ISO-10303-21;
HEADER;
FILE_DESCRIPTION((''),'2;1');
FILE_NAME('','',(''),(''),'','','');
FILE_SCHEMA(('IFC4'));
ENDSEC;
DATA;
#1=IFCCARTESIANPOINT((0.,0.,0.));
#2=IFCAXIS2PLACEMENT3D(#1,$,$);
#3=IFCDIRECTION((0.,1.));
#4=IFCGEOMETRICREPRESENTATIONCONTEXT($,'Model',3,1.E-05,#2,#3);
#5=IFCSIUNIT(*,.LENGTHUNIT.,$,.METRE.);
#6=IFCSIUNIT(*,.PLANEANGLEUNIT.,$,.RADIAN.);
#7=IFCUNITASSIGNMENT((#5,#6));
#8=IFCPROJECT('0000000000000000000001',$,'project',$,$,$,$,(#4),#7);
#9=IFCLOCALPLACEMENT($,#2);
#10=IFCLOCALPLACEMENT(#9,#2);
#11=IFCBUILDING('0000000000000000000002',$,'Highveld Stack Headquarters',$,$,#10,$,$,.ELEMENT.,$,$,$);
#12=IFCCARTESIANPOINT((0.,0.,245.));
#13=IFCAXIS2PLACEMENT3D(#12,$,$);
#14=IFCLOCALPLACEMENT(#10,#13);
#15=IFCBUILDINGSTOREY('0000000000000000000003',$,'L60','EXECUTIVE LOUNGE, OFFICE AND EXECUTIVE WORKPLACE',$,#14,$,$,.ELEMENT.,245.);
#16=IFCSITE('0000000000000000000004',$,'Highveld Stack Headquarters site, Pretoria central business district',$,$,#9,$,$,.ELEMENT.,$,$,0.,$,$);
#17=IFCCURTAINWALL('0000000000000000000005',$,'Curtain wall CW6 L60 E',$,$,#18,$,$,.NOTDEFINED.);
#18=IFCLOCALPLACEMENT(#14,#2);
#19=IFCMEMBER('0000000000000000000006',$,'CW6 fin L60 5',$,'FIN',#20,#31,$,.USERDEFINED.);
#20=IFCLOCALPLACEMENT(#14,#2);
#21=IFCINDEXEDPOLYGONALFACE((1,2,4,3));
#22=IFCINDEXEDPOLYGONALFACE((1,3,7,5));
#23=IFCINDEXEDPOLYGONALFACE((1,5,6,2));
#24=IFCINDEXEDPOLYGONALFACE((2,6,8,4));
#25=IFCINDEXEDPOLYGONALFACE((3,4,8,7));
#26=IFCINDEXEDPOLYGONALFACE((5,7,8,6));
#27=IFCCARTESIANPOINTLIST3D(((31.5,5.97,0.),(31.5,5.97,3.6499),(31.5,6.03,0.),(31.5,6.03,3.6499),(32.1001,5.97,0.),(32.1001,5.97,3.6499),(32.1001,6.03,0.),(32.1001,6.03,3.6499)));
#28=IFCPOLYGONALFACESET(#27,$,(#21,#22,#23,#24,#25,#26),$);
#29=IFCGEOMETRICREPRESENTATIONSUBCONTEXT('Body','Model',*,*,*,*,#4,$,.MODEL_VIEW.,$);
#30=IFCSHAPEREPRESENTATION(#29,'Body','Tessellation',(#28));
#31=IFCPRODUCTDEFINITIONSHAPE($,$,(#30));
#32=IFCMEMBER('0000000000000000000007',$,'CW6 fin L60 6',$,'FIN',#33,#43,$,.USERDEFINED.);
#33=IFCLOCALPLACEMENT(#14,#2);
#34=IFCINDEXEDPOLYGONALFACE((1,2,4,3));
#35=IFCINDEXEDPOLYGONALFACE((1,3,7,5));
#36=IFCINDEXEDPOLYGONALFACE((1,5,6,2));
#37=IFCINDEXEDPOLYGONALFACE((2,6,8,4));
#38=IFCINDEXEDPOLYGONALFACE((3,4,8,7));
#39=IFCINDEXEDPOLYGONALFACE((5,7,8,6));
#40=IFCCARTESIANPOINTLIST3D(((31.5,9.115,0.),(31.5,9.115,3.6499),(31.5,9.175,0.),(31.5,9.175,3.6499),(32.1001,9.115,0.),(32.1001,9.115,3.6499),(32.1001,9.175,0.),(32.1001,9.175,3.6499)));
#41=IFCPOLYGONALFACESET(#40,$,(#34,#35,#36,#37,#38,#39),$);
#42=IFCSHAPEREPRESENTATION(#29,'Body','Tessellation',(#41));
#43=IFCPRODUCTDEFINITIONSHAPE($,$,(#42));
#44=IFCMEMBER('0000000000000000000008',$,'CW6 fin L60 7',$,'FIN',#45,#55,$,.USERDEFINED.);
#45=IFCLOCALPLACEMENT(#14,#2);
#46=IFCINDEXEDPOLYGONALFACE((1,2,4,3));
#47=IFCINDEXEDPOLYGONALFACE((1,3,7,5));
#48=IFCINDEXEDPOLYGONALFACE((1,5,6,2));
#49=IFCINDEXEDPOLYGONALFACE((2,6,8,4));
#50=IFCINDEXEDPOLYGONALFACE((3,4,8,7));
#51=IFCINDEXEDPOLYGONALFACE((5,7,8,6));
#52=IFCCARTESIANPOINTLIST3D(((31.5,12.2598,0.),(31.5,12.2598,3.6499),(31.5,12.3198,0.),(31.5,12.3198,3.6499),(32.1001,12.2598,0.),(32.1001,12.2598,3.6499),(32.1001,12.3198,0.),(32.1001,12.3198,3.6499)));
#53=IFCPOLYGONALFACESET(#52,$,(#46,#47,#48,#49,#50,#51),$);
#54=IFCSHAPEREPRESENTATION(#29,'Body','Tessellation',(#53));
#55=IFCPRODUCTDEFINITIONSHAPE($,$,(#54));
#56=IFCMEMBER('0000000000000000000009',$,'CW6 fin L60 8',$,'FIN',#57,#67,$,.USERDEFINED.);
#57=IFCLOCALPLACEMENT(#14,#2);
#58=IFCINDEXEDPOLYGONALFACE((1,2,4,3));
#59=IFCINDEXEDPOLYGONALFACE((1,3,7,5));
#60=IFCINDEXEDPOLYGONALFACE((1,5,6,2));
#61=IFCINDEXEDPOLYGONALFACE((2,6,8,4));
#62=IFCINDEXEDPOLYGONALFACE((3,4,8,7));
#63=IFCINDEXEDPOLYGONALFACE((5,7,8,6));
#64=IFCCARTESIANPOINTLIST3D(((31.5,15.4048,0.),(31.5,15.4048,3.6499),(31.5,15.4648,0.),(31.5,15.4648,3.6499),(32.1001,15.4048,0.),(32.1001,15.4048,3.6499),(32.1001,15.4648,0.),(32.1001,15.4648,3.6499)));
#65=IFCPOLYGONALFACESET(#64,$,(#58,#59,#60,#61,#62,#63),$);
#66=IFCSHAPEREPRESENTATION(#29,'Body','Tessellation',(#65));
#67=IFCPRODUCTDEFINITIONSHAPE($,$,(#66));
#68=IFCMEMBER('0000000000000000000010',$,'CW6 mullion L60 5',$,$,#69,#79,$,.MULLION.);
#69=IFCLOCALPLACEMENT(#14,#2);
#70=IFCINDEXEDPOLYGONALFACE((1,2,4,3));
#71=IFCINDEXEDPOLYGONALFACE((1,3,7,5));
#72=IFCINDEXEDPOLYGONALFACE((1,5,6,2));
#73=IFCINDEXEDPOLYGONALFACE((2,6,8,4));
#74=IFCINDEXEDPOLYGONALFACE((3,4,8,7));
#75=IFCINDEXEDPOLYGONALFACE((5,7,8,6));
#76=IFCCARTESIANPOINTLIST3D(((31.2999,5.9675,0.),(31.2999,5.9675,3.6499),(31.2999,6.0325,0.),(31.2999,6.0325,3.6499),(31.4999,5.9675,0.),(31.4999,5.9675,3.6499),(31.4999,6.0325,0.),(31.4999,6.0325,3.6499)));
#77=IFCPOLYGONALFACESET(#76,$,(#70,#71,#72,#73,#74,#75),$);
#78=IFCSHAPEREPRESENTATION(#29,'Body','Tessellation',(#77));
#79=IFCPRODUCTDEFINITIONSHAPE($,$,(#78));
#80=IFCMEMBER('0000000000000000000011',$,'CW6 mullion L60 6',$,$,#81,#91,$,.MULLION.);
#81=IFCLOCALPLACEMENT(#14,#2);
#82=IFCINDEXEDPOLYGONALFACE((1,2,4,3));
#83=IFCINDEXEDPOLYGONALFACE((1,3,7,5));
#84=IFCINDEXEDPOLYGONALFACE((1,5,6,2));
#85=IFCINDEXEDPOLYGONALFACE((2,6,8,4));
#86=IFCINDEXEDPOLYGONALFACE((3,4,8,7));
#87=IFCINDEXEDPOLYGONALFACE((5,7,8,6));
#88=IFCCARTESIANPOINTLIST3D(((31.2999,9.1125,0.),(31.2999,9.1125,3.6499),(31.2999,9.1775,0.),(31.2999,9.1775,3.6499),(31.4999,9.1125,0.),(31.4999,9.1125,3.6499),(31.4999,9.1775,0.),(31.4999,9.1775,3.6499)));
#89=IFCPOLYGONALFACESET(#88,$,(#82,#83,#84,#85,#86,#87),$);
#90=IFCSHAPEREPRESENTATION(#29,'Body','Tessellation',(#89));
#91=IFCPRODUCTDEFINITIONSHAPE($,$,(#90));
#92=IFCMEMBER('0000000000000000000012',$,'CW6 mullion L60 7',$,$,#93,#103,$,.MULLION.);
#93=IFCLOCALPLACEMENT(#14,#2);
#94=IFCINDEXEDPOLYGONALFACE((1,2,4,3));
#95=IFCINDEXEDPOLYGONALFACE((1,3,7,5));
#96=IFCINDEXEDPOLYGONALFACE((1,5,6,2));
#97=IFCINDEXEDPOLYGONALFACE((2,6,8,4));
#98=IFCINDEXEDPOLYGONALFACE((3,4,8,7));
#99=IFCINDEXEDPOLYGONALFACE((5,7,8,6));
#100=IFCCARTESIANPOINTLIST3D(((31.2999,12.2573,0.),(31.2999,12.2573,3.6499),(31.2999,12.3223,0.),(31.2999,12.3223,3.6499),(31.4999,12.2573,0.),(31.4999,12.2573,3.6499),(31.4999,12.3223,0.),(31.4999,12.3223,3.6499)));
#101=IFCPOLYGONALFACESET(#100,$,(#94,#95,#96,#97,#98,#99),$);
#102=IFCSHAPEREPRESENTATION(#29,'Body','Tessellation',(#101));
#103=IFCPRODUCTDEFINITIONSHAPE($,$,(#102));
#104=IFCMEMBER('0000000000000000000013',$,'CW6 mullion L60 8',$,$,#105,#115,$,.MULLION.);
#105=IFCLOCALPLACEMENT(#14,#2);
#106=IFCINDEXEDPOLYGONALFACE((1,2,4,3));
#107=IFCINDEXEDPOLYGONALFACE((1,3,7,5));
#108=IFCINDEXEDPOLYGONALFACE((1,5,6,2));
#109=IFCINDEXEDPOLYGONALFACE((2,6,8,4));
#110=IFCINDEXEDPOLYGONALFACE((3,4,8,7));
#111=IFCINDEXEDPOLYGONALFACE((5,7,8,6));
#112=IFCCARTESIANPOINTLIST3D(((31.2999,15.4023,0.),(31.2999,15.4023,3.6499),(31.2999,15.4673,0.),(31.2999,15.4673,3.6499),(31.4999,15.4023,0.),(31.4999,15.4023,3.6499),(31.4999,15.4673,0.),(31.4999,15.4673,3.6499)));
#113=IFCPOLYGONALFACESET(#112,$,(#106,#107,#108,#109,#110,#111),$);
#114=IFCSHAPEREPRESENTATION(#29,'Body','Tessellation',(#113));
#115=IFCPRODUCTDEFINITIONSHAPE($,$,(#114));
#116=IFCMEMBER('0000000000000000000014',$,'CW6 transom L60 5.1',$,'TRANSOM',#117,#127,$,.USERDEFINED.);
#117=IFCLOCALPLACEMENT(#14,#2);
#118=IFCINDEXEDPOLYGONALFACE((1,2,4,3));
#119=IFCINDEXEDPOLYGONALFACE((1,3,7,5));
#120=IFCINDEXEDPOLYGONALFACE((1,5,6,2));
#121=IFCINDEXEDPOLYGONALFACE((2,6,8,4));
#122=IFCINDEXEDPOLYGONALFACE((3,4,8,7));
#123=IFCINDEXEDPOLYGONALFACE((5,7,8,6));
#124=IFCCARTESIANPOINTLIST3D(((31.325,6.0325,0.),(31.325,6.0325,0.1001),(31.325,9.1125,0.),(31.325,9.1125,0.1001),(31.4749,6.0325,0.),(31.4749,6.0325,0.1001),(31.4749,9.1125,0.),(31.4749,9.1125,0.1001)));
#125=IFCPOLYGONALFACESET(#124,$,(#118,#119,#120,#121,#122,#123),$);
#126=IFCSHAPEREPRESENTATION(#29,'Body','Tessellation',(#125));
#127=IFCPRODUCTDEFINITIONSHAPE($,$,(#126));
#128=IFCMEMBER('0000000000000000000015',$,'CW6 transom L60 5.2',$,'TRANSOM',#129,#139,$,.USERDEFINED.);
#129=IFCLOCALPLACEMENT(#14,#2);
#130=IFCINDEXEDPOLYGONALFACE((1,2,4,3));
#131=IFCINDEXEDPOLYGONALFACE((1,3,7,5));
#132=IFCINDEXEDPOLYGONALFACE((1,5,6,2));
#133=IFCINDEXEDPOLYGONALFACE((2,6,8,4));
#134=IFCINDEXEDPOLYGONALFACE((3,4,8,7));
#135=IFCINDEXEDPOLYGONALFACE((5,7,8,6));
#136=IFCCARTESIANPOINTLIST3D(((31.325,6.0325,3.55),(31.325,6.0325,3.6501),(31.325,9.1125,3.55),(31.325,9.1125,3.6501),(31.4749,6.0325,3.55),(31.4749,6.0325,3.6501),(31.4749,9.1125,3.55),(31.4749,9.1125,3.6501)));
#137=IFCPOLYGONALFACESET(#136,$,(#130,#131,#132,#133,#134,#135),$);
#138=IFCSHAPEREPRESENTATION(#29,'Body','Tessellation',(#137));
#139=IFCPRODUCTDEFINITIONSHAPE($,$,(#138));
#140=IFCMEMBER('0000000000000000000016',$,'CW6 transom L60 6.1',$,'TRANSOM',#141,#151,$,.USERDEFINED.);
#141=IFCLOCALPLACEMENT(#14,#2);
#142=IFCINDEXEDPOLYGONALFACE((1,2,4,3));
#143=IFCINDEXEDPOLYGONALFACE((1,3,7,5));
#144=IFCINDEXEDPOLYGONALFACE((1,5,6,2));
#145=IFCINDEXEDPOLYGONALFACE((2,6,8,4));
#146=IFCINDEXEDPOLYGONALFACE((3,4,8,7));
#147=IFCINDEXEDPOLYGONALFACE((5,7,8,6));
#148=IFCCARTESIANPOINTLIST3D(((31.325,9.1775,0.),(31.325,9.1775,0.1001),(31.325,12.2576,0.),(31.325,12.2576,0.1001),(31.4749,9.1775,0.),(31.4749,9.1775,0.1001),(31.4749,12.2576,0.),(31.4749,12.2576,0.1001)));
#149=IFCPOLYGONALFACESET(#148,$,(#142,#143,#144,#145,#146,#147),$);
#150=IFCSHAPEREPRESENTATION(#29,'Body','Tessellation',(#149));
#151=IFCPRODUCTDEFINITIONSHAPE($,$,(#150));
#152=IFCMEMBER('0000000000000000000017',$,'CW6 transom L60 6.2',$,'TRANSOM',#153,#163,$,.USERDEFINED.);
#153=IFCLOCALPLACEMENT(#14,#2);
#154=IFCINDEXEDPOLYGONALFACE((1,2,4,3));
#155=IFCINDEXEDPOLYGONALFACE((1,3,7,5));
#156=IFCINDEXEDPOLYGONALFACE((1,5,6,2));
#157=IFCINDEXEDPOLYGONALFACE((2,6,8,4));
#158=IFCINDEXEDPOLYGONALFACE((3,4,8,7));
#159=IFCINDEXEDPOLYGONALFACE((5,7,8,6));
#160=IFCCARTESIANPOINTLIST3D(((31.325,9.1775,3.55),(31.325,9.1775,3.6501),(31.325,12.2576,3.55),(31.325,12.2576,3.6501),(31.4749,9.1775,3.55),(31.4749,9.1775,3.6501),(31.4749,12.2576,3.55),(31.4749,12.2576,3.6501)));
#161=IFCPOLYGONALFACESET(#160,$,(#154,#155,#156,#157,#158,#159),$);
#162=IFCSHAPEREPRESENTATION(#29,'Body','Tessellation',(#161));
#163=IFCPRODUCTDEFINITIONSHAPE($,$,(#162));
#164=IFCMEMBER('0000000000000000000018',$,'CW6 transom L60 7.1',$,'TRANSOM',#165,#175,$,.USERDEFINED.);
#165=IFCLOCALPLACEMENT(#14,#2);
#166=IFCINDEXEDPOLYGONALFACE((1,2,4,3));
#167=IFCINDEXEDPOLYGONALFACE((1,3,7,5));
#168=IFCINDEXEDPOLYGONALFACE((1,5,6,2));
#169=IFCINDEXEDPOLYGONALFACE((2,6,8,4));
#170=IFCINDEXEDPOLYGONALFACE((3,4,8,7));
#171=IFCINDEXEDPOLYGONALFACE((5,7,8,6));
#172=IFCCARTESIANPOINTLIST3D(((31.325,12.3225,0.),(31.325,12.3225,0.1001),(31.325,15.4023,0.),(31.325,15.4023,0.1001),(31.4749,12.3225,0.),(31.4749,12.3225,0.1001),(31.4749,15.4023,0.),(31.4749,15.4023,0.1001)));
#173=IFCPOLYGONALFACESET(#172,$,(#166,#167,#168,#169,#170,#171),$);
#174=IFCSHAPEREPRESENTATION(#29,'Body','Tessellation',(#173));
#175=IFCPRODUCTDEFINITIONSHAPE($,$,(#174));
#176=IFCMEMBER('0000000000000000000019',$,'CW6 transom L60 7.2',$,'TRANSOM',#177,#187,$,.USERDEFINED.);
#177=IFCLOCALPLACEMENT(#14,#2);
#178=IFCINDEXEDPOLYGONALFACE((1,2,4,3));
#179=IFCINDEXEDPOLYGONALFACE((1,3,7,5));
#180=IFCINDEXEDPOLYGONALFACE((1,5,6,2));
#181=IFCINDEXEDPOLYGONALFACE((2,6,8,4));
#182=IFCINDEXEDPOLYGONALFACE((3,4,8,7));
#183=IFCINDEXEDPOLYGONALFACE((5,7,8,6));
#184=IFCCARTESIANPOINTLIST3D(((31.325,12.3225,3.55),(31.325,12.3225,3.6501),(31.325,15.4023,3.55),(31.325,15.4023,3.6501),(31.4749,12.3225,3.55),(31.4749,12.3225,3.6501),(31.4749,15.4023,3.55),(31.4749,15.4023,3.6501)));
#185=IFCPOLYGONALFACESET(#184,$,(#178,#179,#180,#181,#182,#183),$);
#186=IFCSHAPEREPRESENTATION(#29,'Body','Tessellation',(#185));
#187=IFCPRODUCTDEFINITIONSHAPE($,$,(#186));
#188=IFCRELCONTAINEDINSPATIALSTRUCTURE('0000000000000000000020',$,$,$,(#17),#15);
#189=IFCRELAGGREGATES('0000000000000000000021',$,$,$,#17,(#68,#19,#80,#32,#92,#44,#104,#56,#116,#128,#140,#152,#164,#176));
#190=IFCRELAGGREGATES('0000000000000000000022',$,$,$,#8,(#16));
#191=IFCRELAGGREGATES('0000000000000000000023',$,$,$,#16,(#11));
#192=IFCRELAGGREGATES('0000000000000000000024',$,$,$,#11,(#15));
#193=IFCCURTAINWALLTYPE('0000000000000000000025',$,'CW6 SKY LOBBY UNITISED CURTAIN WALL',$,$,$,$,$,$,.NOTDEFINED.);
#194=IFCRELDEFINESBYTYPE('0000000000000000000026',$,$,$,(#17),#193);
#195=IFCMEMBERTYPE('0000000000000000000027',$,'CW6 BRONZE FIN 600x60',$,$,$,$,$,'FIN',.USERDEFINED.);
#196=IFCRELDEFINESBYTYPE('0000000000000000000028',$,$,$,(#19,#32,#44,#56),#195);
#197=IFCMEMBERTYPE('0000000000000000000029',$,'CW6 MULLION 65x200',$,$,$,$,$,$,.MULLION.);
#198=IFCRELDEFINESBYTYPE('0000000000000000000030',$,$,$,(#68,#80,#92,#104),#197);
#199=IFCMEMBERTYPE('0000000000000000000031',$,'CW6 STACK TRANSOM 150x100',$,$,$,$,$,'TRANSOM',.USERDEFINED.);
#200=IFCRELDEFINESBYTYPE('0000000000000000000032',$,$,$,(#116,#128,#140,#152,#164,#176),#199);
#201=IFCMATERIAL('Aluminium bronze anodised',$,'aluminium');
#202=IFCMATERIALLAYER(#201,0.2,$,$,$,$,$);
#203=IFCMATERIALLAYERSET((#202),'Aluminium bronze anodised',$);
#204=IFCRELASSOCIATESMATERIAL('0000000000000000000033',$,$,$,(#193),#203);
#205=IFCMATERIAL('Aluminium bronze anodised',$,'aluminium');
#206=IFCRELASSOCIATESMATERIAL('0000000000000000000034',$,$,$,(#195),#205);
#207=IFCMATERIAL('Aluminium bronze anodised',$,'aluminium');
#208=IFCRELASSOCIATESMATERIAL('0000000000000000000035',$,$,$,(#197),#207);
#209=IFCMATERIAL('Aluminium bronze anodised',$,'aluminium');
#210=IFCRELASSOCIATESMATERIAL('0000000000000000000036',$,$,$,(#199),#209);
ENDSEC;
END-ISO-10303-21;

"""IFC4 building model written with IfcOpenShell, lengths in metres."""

from ifc_helpers import new_model, si_unit, direction, frame, origin, origin_2d, place, context, subcontext, project, spatial, rectangle, extrude, material, layer, layer_set, material_profile, profile_set, type_object, element, aggregate, save


model = new_model("IFC4")

# Units and contexts
model_context = context("Model", 3, precision=1e-05, world=origin(), true_north=direction((0.0, 1.0)))
body_context = subcontext(model_context, "Body", "Model", "MODEL_VIEW")
ifc_project = project(units=[si_unit("LENGTHUNIT", "METRE"), si_unit("PLANEANGLEUNIT", "RADIAN")], contexts=[model_context])

# Site, building, storey
site_placement = place(None, origin())
site = spatial("IfcSite", under=ifc_project, at=site_placement, Name="Highveld Stack Headquarters site, Pretoria central business district", CompositionType="ELEMENT", RefElevation=0.0)
building_placement = place(site_placement, origin())
building = spatial("IfcBuilding", under=site, at=building_placement, Name="Highveld Stack Headquarters", CompositionType="ELEMENT")
storey_placement = place(building_placement, frame((0.0, 0.0, 245.0)))
storey = spatial("IfcBuildingStorey", under=building, at=storey_placement, Name="L60", Description="EXECUTIVE LOUNGE, OFFICE AND EXECUTIVE WORKPLACE", CompositionType="ELEMENT", Elevation=245.0)

# Curtain wall, members
ifc_material_1 = material(Name="Aluminium bronze anodised", Category="aluminium")
ifc_layer_1 = layer(ifc_material_1, 0.2)
ifc_layer_set_1 = layer_set([ifc_layer_1], Name="Aluminium bronze anodised")
curtain_wall_type = type_object("IfcCurtainWallType", Name="CW6 SKY LOBBY UNITISED CURTAIN WALL", PredefinedType="NOTDEFINED", material=ifc_layer_set_1)
curtain_wall_placement = place(storey_placement, origin())
curtain_wall = element("IfcCurtainWall", 1, at=curtain_wall_placement, inside=storey, type_object=curtain_wall_type, Name="Curtain wall CW6 L60 E", PredefinedType="NOTDEFINED")
ifc_material_2 = material(Name="Aluminium bronze anodised", Category="aluminium")
ifc_material_profile_1 = material_profile(ifc_material_2, rectangle(XDim=0.6001, YDim=0.0601, at=origin_2d()), Name="FIN 600x60")
ifc_profile_set_1 = profile_set([ifc_material_profile_1], Name="Aluminium bronze anodised")
member_type_1 = type_object("IfcMemberType", Name="CW6 BRONZE FIN 600x60", ElementType="FIN", PredefinedType="USERDEFINED", material=ifc_profile_set_1)
member_1_placement = place(storey_placement, frame((31.8, 6.0, 0.0), z_axis=(0.0, 0.0, 1.0), x_axis=(-1.0, 0.0, 0.0)))
member_1 = element("IfcMember", 2, at=member_1_placement, type_object=member_type_1, Name="CW6 fin L60 5", ObjectType="FIN", PredefinedType="USERDEFINED", context=body_context, shape_type="SweptSolid", body=[
    extrude(rectangle(XDim=0.6001, YDim=0.0601, at=origin_2d()), origin(), (0.0, 0.0, 1.0), 3.6499),
])
member_2_placement = place(storey_placement, frame((31.8, 9.145, 0.0), z_axis=(0.0, 0.0, 1.0), x_axis=(-1.0, 0.0, 0.0)))
member_2 = element("IfcMember", 3, at=member_2_placement, type_object=member_type_1, Name="CW6 fin L60 6", ObjectType="FIN", PredefinedType="USERDEFINED", context=body_context, shape_type="SweptSolid", body=[
    extrude(rectangle(XDim=0.6001, YDim=0.0601, at=origin_2d()), origin(), (0.0, 0.0, 1.0), 3.6499),
])
member_3_placement = place(storey_placement, frame((31.8, 12.2898, 0.0), z_axis=(0.0, 0.0, 1.0), x_axis=(-1.0, 0.0, 0.0)))
member_3 = element("IfcMember", 4, at=member_3_placement, type_object=member_type_1, Name="CW6 fin L60 7", ObjectType="FIN", PredefinedType="USERDEFINED", context=body_context, shape_type="SweptSolid", body=[
    extrude(rectangle(XDim=0.6001, YDim=0.0601, at=origin_2d()), origin(), (0.0, 0.0, 1.0), 3.6499),
])
member_4_placement = place(storey_placement, frame((31.8, 15.4348, 0.0), z_axis=(0.0, 0.0, 1.0), x_axis=(-1.0, 0.0, 0.0)))
member_4 = element("IfcMember", 5, at=member_4_placement, type_object=member_type_1, Name="CW6 fin L60 8", ObjectType="FIN", PredefinedType="USERDEFINED", context=body_context, shape_type="SweptSolid", body=[
    extrude(rectangle(XDim=0.6001, YDim=0.0601, at=origin_2d()), origin(), (0.0, 0.0, 1.0), 3.6499),
])
ifc_material_3 = material(Name="Aluminium bronze anodised", Category="aluminium")
ifc_material_profile_2 = material_profile(ifc_material_3, rectangle(XDim=0.2, YDim=0.0649, at=origin_2d()), Name="CW6 MULLION 65x200")
ifc_profile_set_2 = profile_set([ifc_material_profile_2], Name="Aluminium bronze anodised")
member_type_2 = type_object("IfcMemberType", Name="CW6 MULLION 65x200", PredefinedType="MULLION", material=ifc_profile_set_2)
member_5_placement = place(storey_placement, frame((31.3999, 6.0, 0.0), z_axis=(0.0, 0.0, 1.0), x_axis=(-1.0, 0.0, 0.0)))
member_5 = element("IfcMember", 6, at=member_5_placement, type_object=member_type_2, Name="CW6 mullion L60 5", PredefinedType="MULLION", context=body_context, shape_type="SweptSolid", body=[
    extrude(rectangle(XDim=0.2, YDim=0.0649, at=origin_2d()), origin(), (0.0, 0.0, 1.0), 3.6499),
])
member_6_placement = place(storey_placement, frame((31.3999, 9.145, 0.0), z_axis=(0.0, 0.0, 1.0), x_axis=(-1.0, 0.0, 0.0)))
member_6 = element("IfcMember", 7, at=member_6_placement, type_object=member_type_2, Name="CW6 mullion L60 6", PredefinedType="MULLION", context=body_context, shape_type="SweptSolid", body=[
    extrude(rectangle(XDim=0.2, YDim=0.0649, at=origin_2d()), origin(), (0.0, 0.0, 1.0), 3.6499),
])
member_7_placement = place(storey_placement, frame((31.3999, 12.2898, 0.0), z_axis=(0.0, 0.0, 1.0), x_axis=(-1.0, 0.0, 0.0)))
member_7 = element("IfcMember", 8, at=member_7_placement, type_object=member_type_2, Name="CW6 mullion L60 7", PredefinedType="MULLION", context=body_context, shape_type="SweptSolid", body=[
    extrude(rectangle(XDim=0.2, YDim=0.0649, at=origin_2d()), origin(), (0.0, 0.0, 1.0), 3.6499),
])
member_8_placement = place(storey_placement, frame((31.3999, 15.4348, 0.0), z_axis=(0.0, 0.0, 1.0), x_axis=(-1.0, 0.0, 0.0)))
member_8 = element("IfcMember", 9, at=member_8_placement, type_object=member_type_2, Name="CW6 mullion L60 8", PredefinedType="MULLION", context=body_context, shape_type="SweptSolid", body=[
    extrude(rectangle(XDim=0.2, YDim=0.0649, at=origin_2d()), origin(), (0.0, 0.0, 1.0), 3.6499),
])
ifc_material_4 = material(Name="Aluminium bronze anodised", Category="aluminium")
ifc_material_profile_3 = material_profile(ifc_material_4, rectangle(XDim=0.1499, YDim=0.1001, at=origin_2d()), Name="CW6 TRANSOM 150x100")
ifc_profile_set_3 = profile_set([ifc_material_profile_3], Name="Aluminium bronze anodised")
member_type_3 = type_object("IfcMemberType", Name="CW6 STACK TRANSOM 150x100", ElementType="TRANSOM", PredefinedType="USERDEFINED", material=ifc_profile_set_3)
member_9_placement = place(storey_placement, frame((31.3999, 6.0325, 0.05), z_axis=(0.0, 1.0, 0.0), x_axis=(-1.0, 0.0, 0.0)))
member_9 = element("IfcMember", 10, at=member_9_placement, type_object=member_type_3, Name="CW6 transom L60 5.1", ObjectType="TRANSOM", PredefinedType="USERDEFINED", context=body_context, shape_type="SweptSolid", body=[
    extrude(rectangle(XDim=0.1499, YDim=0.1001, at=origin_2d()), origin(), (0.0, 0.0, 1.0), 3.0801),
])
member_10_placement = place(storey_placement, frame((31.3999, 6.0325, 3.6001), z_axis=(0.0, 1.0, 0.0), x_axis=(-1.0, 0.0, 0.0)))
member_10 = element("IfcMember", 11, at=member_10_placement, type_object=member_type_3, Name="CW6 transom L60 5.2", ObjectType="TRANSOM", PredefinedType="USERDEFINED", context=body_context, shape_type="SweptSolid", body=[
    extrude(rectangle(XDim=0.1499, YDim=0.1001, at=origin_2d()), origin(), (0.0, 0.0, 1.0), 3.0801),
])
member_11_placement = place(storey_placement, frame((31.3999, 9.1775, 0.05), z_axis=(0.0, 1.0, 0.0), x_axis=(-1.0, 0.0, 0.0)))
member_11 = element("IfcMember", 12, at=member_11_placement, type_object=member_type_3, Name="CW6 transom L60 6.1", ObjectType="TRANSOM", PredefinedType="USERDEFINED", context=body_context, shape_type="SweptSolid", body=[
    extrude(rectangle(XDim=0.1499, YDim=0.1001, at=origin_2d()), origin(), (0.0, 0.0, 1.0), 3.0801),
])
member_12_placement = place(storey_placement, frame((31.3999, 9.1775, 3.6001), z_axis=(0.0, 1.0, 0.0), x_axis=(-1.0, 0.0, 0.0)))
member_12 = element("IfcMember", 13, at=member_12_placement, type_object=member_type_3, Name="CW6 transom L60 6.2", ObjectType="TRANSOM", PredefinedType="USERDEFINED", context=body_context, shape_type="SweptSolid", body=[
    extrude(rectangle(XDim=0.1499, YDim=0.1001, at=origin_2d()), origin(), (0.0, 0.0, 1.0), 3.0801),
])
member_13_placement = place(storey_placement, frame((31.3999, 12.3225, 0.05), z_axis=(0.0, 1.0, 0.0), x_axis=(-1.0, 0.0, 0.0)))
member_13 = element("IfcMember", 14, at=member_13_placement, type_object=member_type_3, Name="CW6 transom L60 7.1", ObjectType="TRANSOM", PredefinedType="USERDEFINED", context=body_context, shape_type="SweptSolid", body=[
    extrude(rectangle(XDim=0.1499, YDim=0.1001, at=origin_2d()), origin(), (0.0, 0.0, 1.0), 3.0798),
])
member_14_placement = place(storey_placement, frame((31.3999, 12.3225, 3.6001), z_axis=(0.0, 1.0, 0.0), x_axis=(-1.0, 0.0, 0.0)))
member_14 = element("IfcMember", 15, at=member_14_placement, type_object=member_type_3, Name="CW6 transom L60 7.2", ObjectType="TRANSOM", PredefinedType="USERDEFINED", context=body_context, shape_type="SweptSolid", body=[
    extrude(rectangle(XDim=0.1499, YDim=0.1001, at=origin_2d()), origin(), (0.0, 0.0, 1.0), 3.0798),
])

aggregate(curtain_wall, [member_5, member_1, member_6, member_2, member_7, member_3, member_8, member_4, member_9, member_10, member_11, member_12, member_13, member_14])

save(model, "model.ifc")
